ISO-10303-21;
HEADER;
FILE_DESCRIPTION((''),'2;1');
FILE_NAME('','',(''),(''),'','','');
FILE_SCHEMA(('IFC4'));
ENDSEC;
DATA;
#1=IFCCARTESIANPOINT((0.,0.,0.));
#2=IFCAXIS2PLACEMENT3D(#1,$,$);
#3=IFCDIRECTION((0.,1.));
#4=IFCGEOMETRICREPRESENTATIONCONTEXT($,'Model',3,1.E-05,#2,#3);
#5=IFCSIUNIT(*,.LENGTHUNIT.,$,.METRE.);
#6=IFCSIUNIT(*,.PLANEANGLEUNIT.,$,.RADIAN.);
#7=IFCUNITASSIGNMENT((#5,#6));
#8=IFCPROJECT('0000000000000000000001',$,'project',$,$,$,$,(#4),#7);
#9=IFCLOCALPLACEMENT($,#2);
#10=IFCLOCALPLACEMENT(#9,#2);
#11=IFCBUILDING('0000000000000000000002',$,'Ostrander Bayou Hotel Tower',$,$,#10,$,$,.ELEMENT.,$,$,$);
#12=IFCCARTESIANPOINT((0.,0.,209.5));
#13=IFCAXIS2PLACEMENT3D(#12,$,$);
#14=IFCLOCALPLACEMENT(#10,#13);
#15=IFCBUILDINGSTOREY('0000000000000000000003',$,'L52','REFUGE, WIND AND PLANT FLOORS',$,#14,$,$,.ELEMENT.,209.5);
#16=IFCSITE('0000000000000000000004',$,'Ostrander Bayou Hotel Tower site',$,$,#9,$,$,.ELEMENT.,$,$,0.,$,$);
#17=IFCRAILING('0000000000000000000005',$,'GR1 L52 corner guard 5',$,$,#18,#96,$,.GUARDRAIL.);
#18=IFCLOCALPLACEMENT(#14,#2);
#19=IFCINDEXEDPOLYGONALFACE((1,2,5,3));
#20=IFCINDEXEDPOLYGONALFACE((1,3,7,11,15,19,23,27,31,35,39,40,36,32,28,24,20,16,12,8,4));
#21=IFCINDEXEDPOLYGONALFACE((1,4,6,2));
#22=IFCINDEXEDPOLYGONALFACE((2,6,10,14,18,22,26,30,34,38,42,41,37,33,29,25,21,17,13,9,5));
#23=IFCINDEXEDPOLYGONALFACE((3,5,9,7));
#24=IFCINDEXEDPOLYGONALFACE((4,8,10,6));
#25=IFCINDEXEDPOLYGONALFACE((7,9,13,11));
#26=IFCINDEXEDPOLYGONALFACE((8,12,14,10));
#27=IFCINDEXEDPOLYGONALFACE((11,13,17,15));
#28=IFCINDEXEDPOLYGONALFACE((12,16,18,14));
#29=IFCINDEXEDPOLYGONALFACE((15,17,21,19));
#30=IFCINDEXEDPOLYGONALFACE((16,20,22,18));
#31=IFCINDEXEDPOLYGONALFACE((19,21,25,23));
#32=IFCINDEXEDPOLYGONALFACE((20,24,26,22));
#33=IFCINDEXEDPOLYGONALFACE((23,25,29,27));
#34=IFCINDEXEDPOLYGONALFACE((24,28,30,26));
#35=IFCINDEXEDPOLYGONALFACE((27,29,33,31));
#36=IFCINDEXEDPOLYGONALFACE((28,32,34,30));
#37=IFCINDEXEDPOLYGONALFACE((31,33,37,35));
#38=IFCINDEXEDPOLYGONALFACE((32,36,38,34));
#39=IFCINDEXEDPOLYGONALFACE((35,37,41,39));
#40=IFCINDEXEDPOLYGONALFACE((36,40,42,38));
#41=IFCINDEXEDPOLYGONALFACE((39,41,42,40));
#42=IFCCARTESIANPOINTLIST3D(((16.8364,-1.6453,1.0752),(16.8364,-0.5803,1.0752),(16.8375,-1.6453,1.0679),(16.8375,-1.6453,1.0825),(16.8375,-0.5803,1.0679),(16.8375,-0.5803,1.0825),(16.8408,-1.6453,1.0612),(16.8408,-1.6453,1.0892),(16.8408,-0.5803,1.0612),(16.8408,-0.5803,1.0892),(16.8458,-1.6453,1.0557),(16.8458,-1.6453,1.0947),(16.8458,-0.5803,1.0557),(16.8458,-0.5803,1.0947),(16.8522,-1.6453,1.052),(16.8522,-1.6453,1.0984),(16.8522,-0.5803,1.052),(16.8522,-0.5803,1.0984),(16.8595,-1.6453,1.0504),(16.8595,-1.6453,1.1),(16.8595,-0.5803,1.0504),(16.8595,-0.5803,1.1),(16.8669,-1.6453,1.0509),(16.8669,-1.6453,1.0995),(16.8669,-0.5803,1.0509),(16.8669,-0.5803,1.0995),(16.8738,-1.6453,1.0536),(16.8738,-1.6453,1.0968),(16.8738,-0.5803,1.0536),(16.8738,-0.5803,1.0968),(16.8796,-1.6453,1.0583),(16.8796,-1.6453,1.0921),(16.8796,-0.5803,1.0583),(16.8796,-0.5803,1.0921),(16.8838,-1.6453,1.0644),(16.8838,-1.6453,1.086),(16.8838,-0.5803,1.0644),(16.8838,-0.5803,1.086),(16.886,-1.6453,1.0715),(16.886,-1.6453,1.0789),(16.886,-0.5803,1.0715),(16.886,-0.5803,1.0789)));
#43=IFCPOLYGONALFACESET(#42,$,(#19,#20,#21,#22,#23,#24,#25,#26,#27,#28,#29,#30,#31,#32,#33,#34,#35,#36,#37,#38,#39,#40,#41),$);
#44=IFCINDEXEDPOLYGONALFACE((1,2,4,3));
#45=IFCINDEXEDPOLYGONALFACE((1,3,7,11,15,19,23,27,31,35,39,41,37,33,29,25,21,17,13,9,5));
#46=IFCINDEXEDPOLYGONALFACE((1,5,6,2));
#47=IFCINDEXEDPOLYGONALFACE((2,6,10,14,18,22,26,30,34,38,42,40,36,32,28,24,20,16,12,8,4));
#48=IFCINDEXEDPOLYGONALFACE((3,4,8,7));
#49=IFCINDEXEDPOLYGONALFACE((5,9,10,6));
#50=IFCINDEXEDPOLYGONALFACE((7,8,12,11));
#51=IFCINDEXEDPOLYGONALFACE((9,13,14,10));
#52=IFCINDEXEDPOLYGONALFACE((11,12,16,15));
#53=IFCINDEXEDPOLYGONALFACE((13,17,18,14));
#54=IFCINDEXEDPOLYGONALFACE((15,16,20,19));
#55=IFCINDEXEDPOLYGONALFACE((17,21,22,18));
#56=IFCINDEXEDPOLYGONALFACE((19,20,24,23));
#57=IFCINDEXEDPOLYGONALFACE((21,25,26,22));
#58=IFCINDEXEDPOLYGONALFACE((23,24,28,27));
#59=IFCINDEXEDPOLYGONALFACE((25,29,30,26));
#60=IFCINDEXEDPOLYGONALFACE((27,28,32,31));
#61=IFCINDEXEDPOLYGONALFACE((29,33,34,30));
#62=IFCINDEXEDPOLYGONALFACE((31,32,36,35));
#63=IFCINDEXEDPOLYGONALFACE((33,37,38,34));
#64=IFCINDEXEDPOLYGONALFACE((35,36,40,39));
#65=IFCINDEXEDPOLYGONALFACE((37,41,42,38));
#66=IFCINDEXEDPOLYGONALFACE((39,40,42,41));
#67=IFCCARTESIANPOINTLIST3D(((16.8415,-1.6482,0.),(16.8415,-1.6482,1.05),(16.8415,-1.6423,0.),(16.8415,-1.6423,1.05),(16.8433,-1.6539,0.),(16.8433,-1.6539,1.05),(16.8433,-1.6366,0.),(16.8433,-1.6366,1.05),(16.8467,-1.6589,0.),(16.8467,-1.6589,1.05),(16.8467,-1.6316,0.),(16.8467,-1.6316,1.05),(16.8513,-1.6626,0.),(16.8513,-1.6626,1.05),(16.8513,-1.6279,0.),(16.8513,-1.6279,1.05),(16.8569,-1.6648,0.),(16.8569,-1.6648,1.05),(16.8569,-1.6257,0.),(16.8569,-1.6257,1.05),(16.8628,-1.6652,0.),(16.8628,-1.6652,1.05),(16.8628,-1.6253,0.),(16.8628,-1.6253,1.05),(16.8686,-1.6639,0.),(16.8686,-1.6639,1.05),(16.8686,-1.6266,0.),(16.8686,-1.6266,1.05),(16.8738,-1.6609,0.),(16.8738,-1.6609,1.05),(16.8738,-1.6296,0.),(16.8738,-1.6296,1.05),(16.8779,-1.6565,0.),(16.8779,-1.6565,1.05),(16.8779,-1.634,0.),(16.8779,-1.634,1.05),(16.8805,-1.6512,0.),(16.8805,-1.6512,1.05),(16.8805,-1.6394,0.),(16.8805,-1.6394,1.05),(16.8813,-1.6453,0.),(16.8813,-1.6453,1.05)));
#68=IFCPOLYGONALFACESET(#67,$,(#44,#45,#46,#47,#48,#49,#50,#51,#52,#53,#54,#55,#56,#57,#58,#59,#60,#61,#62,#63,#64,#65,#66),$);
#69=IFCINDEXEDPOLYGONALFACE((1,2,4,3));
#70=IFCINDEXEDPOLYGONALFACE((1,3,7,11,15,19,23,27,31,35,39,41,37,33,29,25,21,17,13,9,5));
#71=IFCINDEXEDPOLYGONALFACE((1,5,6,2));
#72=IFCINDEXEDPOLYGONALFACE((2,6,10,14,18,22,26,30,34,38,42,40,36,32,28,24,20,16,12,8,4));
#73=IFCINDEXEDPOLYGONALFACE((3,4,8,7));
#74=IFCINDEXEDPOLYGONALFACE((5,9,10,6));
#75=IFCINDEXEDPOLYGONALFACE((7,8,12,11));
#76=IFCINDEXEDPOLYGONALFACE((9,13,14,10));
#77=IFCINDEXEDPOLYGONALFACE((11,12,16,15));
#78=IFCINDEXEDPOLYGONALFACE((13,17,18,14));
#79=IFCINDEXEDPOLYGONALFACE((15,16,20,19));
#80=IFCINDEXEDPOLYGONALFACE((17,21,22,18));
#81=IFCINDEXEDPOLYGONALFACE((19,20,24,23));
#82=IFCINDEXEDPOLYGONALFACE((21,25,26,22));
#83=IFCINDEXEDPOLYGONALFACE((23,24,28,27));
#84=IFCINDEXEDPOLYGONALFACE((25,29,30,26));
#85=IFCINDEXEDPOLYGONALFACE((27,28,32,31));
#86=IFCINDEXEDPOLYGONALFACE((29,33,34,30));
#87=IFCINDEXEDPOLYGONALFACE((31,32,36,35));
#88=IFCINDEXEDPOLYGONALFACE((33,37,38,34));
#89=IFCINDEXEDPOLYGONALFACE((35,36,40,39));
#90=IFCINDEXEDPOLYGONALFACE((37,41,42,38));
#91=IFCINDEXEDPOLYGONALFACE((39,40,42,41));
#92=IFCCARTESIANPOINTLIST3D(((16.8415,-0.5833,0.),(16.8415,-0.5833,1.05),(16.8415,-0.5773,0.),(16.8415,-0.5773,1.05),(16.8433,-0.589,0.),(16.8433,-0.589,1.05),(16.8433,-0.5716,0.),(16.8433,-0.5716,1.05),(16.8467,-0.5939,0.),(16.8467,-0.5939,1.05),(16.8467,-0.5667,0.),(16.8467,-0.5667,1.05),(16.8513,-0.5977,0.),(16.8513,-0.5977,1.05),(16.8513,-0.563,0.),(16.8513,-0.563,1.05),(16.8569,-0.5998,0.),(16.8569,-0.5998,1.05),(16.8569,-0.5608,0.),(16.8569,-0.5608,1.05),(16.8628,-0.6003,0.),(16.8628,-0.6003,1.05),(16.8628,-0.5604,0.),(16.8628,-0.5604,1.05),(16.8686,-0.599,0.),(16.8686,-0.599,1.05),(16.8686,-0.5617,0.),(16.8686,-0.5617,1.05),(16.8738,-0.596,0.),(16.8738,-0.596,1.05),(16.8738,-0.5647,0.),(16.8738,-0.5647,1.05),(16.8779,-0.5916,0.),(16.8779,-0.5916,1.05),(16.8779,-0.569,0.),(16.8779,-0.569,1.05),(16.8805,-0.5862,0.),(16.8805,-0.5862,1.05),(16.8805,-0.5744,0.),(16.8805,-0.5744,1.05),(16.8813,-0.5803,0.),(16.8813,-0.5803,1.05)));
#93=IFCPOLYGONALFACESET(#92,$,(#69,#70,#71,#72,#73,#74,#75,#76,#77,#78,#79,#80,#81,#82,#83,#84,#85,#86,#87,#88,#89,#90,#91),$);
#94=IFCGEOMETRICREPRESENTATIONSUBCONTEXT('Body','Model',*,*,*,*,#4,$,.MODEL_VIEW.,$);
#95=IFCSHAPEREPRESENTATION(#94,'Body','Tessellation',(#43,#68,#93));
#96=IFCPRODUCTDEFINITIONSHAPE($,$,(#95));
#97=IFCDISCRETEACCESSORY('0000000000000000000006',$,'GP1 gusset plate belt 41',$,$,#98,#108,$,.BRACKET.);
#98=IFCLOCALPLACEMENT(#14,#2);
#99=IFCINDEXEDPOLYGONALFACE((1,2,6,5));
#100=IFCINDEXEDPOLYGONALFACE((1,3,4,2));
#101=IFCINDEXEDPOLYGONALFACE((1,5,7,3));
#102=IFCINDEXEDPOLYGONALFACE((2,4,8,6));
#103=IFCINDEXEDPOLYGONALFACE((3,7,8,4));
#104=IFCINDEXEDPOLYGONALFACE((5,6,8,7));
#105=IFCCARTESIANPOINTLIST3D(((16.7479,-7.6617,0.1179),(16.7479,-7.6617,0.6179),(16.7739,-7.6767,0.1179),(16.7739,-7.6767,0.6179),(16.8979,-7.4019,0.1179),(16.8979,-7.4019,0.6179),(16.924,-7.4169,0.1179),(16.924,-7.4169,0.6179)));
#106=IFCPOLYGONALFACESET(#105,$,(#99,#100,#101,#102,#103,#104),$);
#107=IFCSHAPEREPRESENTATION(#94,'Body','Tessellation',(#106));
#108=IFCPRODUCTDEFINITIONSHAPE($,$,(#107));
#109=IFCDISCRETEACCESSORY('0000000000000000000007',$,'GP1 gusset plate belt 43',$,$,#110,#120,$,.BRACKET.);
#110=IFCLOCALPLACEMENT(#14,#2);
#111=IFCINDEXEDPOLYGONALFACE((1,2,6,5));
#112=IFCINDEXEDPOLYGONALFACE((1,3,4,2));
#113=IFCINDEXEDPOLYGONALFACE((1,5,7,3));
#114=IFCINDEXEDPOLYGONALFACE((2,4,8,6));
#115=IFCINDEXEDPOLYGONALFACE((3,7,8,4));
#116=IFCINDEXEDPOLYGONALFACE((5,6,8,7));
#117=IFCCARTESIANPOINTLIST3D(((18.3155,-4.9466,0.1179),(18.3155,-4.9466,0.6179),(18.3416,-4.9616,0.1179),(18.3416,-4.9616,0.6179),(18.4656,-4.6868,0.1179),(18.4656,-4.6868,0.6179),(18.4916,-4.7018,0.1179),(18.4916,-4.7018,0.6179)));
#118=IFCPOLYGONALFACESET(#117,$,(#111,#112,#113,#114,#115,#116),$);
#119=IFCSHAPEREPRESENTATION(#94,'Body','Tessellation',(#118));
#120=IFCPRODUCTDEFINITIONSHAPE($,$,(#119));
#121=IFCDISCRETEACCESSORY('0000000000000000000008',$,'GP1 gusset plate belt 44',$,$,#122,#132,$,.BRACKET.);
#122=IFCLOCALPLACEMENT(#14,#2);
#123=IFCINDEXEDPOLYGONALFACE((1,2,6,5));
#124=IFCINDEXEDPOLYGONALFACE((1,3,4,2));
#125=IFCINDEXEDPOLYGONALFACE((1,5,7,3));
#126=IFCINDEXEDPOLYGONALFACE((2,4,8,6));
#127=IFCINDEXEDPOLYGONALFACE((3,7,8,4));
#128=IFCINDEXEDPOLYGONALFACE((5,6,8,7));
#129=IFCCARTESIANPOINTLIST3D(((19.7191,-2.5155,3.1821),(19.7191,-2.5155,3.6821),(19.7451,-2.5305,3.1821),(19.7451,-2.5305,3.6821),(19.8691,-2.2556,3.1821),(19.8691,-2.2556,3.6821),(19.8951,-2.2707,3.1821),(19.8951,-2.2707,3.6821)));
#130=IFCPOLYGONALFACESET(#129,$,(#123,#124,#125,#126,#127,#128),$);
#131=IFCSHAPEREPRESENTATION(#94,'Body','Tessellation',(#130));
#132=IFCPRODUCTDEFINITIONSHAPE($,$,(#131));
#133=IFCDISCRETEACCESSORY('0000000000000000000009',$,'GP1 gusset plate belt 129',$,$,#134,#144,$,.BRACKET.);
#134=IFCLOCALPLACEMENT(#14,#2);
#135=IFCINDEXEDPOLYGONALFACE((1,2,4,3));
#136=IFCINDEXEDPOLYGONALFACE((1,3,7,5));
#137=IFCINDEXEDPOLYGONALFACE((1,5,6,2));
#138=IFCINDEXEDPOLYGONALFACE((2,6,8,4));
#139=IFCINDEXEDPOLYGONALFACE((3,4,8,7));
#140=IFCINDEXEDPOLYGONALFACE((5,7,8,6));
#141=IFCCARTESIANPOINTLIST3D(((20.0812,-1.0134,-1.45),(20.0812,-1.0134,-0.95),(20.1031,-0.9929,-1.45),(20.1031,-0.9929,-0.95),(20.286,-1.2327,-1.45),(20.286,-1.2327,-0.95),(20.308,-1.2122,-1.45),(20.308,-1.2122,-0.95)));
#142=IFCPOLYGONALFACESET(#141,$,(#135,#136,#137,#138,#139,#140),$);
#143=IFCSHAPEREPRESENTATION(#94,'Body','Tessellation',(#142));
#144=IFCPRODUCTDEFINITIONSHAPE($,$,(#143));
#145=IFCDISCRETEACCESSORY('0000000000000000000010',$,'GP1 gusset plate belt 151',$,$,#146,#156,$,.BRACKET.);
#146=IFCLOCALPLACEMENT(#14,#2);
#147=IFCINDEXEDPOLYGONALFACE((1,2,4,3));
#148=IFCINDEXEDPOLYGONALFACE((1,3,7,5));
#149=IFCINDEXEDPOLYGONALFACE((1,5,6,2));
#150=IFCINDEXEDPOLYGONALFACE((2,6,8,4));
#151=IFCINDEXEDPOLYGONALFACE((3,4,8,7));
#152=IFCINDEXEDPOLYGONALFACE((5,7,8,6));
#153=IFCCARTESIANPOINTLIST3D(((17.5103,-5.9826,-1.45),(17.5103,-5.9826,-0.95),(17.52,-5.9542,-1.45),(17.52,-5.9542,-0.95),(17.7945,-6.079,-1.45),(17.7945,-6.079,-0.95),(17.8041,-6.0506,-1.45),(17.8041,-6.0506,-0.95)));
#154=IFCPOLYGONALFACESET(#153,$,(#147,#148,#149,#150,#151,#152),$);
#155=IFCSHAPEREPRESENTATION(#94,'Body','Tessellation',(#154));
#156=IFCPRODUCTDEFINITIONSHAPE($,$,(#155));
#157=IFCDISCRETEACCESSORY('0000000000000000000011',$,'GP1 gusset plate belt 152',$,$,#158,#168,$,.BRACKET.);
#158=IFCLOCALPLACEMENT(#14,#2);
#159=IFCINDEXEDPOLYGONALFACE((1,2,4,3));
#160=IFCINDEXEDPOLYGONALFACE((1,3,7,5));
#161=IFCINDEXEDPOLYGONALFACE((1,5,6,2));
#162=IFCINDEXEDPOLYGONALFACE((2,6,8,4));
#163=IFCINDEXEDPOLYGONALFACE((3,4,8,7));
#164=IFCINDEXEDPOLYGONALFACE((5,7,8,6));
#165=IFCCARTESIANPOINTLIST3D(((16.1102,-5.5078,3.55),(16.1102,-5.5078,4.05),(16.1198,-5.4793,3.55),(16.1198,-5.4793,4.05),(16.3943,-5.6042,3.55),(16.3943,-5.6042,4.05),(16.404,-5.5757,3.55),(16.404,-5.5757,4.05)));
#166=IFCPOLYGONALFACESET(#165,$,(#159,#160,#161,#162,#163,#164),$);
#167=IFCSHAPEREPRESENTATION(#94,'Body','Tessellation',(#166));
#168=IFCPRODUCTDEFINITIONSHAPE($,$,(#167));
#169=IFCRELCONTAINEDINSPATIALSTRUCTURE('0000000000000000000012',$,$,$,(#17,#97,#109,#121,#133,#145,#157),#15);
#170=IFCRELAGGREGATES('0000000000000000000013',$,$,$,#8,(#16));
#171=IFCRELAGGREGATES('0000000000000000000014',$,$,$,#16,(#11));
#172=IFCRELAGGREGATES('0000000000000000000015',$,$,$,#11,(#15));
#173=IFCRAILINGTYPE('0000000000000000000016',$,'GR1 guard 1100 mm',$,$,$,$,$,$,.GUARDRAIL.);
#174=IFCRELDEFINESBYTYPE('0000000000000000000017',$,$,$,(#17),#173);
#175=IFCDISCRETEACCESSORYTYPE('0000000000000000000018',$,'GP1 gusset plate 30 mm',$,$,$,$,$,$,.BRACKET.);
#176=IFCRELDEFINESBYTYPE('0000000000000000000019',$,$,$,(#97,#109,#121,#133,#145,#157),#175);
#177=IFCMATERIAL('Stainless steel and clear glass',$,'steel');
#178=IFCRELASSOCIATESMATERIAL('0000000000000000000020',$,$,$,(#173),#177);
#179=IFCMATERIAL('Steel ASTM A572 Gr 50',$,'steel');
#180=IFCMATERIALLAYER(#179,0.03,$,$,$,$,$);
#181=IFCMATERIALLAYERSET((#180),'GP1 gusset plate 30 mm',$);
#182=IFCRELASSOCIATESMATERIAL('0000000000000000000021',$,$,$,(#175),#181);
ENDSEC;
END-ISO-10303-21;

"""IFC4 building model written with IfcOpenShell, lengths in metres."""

from ifc_helpers import new_model, si_unit, direction, frame, origin, origin_2d, place, context, subcontext, project, spatial, rectangle, circle, extrude, material, layer, layer_set, type_object, element, save


model = new_model("IFC4")

# Units and contexts
model_context = context("Model", 3, precision=1e-05, world=origin(), true_north=direction((0.0, 1.0)))
body_context = subcontext(model_context, "Body", "Model", "MODEL_VIEW")
ifc_project = project(units=[si_unit("LENGTHUNIT", "METRE"), si_unit("PLANEANGLEUNIT", "RADIAN")], contexts=[model_context])

# Site, building, storey
site_placement = place(None, origin())
site = spatial("IfcSite", under=ifc_project, at=site_placement, Name="Ostrander Bayou Hotel Tower site", CompositionType="ELEMENT", RefElevation=0.0)
building_placement = place(site_placement, origin())
building = spatial("IfcBuilding", under=site, at=building_placement, Name="Ostrander Bayou Hotel Tower", CompositionType="ELEMENT")
storey_placement = place(building_placement, frame((0.0, 0.0, 209.5)))
storey = spatial("IfcBuildingStorey", under=building, at=storey_placement, Name="L52", Description="REFUGE, WIND AND PLANT FLOORS", CompositionType="ELEMENT", Elevation=209.5)

# Railing
ifc_material_1 = material(Name="Stainless steel and clear glass", Category="steel")
railing_type = type_object("IfcRailingType", Name="GR1 guard 1100 mm", PredefinedType="GUARDRAIL", material=ifc_material_1)
railing_1_placement = place(storey_placement, frame((16.8613, -1.6453, 0.0)))
element("IfcRailing", 1, at=railing_1_placement, inside=storey, type_object=railing_type, Name="GR1 L52 corner guard 5", PredefinedType="GUARDRAIL", context=body_context, shape_type="SweptSolid", body=[
    extrude(circle(Radius=0.0249, at=origin_2d()), frame((0.0, 0.0, 1.0752), z_axis=(0.0, 1.0, 0.0), x_axis=(-1.0, 0.0, 0.0)), (0.0, 0.0, 1.0), 1.0649),
    extrude(circle(Radius=0.02, at=origin_2d()), origin(), (0.0, 0.0, 1.0), 1.05),
    extrude(circle(Radius=0.02, at=origin_2d()), frame((0.0, 1.0649, 0.0)), (0.0, 0.0, 1.0), 1.05),
])

# Discrete accessories
ifc_material_2 = material(Name="Steel ASTM A572 Gr 50", Category="steel")
ifc_layer_1 = layer(ifc_material_2, 0.03)
ifc_layer_set_1 = layer_set([ifc_layer_1], Name="GP1 gusset plate 30 mm")
discrete_accessory_type = type_object("IfcDiscreteAccessoryType", Name="GP1 gusset plate 30 mm", PredefinedType="BRACKET", material=ifc_layer_set_1)
for number, where, z_axis, x_axis, name in (
    (2, (16.8359, -7.5393, 0.1179), (0.0, 0.0, 1.0), (-0.500015, -0.866017, 0.0), "GP1 gusset plate belt 41"),
    (3, (18.4036, -4.8242, 0.1179), (0.0, 0.0, 1.0), (0.500015, 0.866017, 0.0), "GP1 gusset plate belt 43"),
    (4, (19.8071, -2.3931, 3.1821), (0.0, 0.0, 1.0), (0.500015, 0.866017, 0.0), "GP1 gusset plate belt 44"),
    (5, (20.1946, -1.1128, -1.45), (0.0, 0.0, 1.0), (-0.682662, 0.730734, 0.0), "GP1 gusset plate belt 129"),
    (6, (17.6572, -6.0166, -1.45), (0.0, 0.0, 1.0), (-0.946986, 0.321274, 0.0), "GP1 gusset plate belt 151"),
    (7, (16.2571, -5.5417, 3.55), (0.0, 0.0, 1.0), (-0.946986, 0.321274, 0.0), "GP1 gusset plate belt 152"),
):
    element("IfcDiscreteAccessory", number, at=place(storey_placement, frame(where, z_axis=z_axis, x_axis=x_axis)), inside=storey, type_object=discrete_accessory_type, Name=name, PredefinedType="BRACKET", context=body_context, shape_type="SweptSolid", body=[
        extrude(rectangle(XDim=0.3, YDim=0.03, at=origin_2d()), origin(), (0.0, 0.0, 1.0), 0.5),
    ])

save(model, "model.ifc")
